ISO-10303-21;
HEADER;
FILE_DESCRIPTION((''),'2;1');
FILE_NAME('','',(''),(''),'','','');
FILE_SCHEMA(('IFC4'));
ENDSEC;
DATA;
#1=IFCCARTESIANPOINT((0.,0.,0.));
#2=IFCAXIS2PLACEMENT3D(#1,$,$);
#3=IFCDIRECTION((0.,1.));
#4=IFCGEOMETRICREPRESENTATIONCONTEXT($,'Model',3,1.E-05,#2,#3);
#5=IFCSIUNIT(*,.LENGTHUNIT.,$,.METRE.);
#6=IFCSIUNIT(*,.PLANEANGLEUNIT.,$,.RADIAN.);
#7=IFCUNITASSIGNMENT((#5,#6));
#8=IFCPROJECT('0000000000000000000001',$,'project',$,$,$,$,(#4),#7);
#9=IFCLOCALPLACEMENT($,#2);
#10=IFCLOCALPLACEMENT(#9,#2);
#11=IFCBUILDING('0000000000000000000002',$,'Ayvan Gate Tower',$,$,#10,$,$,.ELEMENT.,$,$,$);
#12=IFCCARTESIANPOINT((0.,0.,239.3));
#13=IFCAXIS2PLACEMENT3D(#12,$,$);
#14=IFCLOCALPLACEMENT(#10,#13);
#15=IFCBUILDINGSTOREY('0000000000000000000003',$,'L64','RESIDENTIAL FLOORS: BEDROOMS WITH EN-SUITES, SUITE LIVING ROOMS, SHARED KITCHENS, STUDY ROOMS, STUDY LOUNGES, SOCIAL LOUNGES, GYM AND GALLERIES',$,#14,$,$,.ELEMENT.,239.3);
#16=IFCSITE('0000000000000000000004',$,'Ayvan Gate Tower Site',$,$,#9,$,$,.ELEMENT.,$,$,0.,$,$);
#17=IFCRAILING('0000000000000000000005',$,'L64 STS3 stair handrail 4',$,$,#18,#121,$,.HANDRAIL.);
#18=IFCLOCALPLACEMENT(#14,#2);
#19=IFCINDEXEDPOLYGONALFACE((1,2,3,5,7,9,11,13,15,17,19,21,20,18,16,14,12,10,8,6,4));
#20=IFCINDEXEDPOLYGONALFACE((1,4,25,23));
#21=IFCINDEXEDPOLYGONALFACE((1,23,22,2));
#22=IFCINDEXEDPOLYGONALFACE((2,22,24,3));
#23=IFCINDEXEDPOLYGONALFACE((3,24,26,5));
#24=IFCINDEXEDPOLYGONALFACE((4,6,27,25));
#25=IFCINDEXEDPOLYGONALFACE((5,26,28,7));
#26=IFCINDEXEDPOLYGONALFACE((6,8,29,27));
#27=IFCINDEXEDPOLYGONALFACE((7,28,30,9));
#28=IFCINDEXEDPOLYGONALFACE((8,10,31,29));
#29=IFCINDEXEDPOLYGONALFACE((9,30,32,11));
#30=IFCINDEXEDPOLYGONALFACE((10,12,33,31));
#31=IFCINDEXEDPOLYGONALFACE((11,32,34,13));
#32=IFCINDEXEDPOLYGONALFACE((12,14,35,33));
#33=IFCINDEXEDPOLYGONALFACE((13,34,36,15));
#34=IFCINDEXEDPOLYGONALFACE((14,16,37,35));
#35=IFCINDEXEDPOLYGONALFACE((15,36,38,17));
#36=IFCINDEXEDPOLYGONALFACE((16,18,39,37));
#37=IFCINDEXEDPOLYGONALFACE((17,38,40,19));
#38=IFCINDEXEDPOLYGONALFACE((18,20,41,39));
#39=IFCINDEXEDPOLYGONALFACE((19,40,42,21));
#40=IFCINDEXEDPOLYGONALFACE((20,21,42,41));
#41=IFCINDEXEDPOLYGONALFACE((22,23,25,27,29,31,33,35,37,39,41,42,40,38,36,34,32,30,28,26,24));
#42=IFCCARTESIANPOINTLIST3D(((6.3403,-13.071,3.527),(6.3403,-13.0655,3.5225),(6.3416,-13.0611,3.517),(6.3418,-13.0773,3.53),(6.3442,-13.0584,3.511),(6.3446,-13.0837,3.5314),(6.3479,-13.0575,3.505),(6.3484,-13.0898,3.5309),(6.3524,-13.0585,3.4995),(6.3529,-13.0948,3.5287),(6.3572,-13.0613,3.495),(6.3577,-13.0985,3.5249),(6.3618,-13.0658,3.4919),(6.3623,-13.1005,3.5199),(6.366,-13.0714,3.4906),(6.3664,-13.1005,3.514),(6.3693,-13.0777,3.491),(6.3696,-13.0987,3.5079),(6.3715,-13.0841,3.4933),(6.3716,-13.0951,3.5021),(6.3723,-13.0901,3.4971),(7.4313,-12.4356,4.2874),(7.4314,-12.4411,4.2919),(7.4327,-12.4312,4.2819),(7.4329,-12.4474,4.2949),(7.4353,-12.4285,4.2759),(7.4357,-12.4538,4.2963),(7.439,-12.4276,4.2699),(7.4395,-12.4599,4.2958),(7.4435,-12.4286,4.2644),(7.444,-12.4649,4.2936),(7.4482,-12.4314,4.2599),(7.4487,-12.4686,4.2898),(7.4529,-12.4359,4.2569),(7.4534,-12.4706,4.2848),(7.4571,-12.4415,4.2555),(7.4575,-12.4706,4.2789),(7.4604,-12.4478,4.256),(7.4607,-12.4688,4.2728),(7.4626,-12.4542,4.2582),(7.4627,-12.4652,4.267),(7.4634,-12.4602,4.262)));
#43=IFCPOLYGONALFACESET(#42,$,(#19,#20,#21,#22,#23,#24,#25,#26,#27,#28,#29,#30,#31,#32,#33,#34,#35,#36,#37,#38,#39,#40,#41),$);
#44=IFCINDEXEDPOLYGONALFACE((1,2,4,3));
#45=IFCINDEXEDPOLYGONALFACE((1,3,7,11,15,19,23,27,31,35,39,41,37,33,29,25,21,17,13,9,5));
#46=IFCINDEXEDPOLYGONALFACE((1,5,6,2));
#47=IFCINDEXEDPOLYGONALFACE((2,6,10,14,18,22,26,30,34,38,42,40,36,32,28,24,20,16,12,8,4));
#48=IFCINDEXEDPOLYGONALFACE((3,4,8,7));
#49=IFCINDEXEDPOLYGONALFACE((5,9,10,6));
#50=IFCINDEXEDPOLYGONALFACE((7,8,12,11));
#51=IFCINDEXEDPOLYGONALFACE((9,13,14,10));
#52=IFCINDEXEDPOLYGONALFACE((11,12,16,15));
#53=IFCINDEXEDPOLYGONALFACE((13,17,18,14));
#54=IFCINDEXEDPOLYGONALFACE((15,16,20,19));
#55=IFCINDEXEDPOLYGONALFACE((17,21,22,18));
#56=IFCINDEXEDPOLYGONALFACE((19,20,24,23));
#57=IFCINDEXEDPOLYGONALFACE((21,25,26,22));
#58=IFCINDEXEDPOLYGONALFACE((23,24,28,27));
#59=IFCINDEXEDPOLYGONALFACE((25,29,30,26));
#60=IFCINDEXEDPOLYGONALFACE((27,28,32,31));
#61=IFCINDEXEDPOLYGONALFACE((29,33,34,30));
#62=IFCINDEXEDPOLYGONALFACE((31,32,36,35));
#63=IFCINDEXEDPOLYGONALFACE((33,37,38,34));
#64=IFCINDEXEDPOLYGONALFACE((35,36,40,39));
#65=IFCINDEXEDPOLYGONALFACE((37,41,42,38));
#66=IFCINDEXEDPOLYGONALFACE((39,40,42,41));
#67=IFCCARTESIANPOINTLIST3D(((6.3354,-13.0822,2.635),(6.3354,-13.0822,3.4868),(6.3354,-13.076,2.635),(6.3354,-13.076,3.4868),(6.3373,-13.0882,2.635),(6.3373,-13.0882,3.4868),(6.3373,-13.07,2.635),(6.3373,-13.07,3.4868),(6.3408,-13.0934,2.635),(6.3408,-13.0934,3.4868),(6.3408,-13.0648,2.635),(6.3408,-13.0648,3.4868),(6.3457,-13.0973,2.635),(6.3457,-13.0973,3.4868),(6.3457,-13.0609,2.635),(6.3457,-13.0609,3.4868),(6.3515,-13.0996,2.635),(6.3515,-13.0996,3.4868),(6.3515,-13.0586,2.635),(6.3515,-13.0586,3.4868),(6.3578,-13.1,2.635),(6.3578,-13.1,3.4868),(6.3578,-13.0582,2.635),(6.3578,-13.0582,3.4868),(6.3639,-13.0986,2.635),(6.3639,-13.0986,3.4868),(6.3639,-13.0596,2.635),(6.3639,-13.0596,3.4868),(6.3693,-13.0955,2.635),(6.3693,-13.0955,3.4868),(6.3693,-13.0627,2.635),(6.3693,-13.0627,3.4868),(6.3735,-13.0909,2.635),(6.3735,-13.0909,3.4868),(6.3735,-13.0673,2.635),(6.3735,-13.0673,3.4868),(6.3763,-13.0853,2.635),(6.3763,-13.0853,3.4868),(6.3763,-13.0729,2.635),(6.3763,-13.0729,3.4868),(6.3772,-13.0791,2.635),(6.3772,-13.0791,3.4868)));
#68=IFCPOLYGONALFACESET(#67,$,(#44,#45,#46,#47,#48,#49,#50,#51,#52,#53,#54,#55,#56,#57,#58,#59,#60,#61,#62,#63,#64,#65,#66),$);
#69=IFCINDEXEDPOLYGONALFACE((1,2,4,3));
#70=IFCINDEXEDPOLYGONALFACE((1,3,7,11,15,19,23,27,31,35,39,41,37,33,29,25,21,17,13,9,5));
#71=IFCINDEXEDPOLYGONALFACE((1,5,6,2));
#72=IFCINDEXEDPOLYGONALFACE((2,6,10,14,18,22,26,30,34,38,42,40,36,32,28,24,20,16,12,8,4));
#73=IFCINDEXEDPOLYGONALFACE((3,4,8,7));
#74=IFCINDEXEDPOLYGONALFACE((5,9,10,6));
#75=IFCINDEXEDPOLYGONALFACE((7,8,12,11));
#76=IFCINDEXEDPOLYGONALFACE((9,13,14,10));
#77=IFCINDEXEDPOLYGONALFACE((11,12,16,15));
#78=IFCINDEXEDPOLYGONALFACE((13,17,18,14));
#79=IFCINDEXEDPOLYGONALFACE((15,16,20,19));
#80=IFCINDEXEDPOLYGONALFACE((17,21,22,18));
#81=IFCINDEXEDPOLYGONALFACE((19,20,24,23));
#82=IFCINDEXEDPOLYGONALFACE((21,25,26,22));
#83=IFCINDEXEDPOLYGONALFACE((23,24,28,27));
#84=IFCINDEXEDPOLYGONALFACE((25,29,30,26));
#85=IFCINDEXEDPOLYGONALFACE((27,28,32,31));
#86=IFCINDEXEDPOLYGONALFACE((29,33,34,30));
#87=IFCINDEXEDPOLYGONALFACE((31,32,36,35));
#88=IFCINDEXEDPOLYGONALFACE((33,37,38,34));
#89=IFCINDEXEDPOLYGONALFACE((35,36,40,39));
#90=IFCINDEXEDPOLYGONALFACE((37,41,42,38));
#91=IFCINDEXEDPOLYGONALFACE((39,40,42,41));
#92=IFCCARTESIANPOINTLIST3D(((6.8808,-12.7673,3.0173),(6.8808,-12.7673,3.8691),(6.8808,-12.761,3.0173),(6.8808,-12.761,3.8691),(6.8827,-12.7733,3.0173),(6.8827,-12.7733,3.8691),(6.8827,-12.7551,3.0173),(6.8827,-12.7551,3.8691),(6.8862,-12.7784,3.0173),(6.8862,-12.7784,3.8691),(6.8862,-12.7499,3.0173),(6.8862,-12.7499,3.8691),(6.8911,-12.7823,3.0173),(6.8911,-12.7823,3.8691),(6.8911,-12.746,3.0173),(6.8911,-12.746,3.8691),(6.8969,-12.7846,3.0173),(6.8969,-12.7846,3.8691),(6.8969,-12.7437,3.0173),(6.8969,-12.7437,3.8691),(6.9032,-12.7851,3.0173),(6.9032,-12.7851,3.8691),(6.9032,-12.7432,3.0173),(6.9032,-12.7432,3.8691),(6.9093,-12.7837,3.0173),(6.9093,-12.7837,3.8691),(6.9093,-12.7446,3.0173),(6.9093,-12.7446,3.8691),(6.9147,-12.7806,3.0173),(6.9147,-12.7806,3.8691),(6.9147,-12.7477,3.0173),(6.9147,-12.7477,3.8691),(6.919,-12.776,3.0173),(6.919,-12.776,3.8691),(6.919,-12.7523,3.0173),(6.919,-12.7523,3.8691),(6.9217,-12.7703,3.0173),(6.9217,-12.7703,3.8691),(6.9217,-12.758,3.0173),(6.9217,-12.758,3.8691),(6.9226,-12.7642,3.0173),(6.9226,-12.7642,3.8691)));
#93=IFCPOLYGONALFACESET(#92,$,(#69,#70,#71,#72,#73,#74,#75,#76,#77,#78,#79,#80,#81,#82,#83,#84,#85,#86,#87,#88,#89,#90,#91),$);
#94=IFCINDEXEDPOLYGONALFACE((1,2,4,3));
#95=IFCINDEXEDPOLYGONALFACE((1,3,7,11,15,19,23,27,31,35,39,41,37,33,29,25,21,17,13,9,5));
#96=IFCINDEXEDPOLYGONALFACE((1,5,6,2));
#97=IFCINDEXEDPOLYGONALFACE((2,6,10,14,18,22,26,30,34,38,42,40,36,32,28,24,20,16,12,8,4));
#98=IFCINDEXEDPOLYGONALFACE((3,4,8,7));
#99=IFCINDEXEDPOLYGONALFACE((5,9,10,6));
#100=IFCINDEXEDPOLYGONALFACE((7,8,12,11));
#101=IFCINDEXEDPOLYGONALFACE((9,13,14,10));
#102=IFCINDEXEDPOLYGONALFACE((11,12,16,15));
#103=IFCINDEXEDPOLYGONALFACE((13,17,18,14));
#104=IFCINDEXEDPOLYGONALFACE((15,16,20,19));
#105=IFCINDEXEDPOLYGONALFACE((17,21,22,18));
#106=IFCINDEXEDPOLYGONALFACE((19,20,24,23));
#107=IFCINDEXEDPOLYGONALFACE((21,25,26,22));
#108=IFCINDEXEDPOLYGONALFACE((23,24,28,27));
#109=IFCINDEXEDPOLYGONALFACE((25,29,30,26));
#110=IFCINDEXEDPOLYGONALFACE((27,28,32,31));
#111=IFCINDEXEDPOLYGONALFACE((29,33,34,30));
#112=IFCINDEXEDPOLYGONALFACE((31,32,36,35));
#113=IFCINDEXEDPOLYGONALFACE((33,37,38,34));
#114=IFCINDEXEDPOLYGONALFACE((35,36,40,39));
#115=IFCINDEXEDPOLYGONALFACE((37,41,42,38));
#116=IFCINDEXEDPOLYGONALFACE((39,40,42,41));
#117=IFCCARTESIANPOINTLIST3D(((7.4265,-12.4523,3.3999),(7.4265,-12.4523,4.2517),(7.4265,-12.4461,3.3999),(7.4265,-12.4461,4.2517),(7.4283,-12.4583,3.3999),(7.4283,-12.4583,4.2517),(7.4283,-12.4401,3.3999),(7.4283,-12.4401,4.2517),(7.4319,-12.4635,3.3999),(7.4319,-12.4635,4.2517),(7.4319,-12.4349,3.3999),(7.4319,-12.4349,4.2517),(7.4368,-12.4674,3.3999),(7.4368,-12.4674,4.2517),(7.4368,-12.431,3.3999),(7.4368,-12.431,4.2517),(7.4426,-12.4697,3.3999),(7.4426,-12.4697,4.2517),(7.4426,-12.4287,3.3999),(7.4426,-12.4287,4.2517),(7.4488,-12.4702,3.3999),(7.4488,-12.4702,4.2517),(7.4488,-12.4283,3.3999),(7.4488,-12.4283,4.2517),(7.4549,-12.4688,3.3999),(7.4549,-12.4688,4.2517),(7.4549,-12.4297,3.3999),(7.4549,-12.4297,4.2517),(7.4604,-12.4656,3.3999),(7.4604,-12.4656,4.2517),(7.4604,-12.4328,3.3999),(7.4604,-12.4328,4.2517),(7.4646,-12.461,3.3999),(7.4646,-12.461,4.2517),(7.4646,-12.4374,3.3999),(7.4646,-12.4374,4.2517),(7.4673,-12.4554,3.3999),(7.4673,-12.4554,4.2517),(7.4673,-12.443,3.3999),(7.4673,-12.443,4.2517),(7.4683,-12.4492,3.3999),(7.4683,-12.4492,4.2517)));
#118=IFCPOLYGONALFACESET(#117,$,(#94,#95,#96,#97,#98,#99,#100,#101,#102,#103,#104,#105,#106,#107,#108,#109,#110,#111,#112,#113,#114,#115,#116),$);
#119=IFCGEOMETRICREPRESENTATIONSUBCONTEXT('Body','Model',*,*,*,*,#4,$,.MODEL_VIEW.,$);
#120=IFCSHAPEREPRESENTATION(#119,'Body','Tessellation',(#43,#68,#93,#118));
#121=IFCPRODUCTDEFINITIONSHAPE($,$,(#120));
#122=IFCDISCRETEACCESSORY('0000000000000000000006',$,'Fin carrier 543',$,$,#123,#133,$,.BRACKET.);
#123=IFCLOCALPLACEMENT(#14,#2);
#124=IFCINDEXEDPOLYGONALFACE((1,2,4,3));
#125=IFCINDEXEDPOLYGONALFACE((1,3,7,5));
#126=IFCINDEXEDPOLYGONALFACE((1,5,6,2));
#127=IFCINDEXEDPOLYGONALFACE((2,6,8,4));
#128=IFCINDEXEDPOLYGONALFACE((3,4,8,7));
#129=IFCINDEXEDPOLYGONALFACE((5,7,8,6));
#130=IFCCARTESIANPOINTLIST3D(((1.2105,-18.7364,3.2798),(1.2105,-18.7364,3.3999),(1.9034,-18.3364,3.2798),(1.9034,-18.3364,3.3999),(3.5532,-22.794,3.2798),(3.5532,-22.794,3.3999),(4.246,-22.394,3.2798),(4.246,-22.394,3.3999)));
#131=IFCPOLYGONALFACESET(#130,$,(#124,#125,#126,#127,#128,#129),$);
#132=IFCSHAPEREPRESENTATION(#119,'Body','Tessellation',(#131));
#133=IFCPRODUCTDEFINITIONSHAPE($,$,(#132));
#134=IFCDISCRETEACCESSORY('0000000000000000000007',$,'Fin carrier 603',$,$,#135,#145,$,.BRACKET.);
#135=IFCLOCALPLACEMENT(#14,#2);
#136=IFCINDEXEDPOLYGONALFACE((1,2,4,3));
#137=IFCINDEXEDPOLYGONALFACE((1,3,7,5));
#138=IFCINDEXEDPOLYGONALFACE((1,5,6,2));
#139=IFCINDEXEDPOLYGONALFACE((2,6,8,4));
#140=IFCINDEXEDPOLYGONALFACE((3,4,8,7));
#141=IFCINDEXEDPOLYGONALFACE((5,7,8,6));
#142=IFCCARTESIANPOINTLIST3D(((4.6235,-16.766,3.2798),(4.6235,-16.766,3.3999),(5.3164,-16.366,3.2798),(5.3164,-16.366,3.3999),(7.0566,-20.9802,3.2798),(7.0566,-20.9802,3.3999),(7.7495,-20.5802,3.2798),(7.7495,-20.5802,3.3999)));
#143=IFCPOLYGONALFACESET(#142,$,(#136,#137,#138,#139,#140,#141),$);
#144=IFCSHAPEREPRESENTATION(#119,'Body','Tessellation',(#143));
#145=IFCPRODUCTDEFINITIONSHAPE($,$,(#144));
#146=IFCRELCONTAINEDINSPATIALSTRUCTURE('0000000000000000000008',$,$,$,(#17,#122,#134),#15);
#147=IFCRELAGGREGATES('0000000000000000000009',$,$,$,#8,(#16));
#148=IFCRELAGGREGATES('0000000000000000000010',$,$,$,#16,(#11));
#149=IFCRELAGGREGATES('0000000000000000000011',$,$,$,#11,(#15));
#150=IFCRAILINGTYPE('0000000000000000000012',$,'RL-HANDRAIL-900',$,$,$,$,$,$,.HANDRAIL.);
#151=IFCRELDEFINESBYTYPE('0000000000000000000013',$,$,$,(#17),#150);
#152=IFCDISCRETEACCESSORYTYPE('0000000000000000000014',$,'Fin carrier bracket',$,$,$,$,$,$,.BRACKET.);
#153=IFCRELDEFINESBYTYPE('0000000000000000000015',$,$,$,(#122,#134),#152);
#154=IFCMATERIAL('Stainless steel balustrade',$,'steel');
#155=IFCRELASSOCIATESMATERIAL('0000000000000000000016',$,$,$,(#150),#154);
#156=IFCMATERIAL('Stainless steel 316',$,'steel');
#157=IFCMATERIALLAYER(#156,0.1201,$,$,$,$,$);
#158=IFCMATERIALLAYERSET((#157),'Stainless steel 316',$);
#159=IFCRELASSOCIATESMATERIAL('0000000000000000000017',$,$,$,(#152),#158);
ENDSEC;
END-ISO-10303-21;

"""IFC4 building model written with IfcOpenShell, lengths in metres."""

from ifc_helpers import new_model, si_unit, direction, frame, origin, origin_2d, place, context, subcontext, project, spatial, rectangle, circle, extrude, material, layer, layer_set, type_object, element, save


model = new_model("IFC4")

# Units and contexts
model_context = context("Model", 3, precision=1e-05, world=origin(), true_north=direction((0.0, 1.0)))
body_context = subcontext(model_context, "Body", "Model", "MODEL_VIEW")
ifc_project = project(units=[si_unit("LENGTHUNIT", "METRE"), si_unit("PLANEANGLEUNIT", "RADIAN")], contexts=[model_context])

# Site, building, storey
site_placement = place(None, origin())
site = spatial("IfcSite", under=ifc_project, at=site_placement, Name="Ayvan Gate Tower Site", CompositionType="ELEMENT", RefElevation=0.0)
building_placement = place(site_placement, origin())
building = spatial("IfcBuilding", under=site, at=building_placement, Name="Ayvan Gate Tower", CompositionType="ELEMENT")
storey_placement = place(building_placement, frame((0.0, 0.0, 239.3)))
storey = spatial("IfcBuildingStorey", under=building, at=storey_placement, Name="L64", Description="RESIDENTIAL FLOORS: BEDROOMS WITH EN-SUITES, SUITE LIVING ROOMS, SHARED KITCHENS, STUDY ROOMS, STUDY LOUNGES, SOCIAL LOUNGES, GYM AND GALLERIES", CompositionType="ELEMENT", Elevation=239.3)

# Railing
ifc_material_1 = material(Name="Stainless steel balustrade", Category="steel")
railing_type_1 = type_object("IfcRailingType", Name="RL-HANDRAIL-900", PredefinedType="HANDRAIL", material=ifc_material_1)
railing_1_placement = place(storey_placement, frame((6.3562, -13.0791, 2.635)))
element("IfcRailing", 1, at=railing_1_placement, inside=storey, type_object=railing_type_1, Name="L64 STS3 stair handrail 4", PredefinedType="HANDRAIL", context=body_context, shape_type="SweptSolid", body=[
    extrude(circle(Radius=0.0239, at=origin_2d()), frame((0.0, 0.0, 0.876), z_axis=(0.740282, 0.427372, 0.518976), x_axis=(-0.499974, 0.86604, 0.0)), (0.0, 0.0, 1.0), 1.4739),
    extrude(circle(Radius=0.021, at=origin_2d()), origin(), (0.0, 0.0, 1.0), 0.8518),
    extrude(circle(Radius=0.021, at=origin_2d()), frame((0.5454, 0.3149, 0.3823)), (0.0, 0.0, 1.0), 0.8518),
    extrude(circle(Radius=0.021, at=origin_2d()), frame((1.0911, 0.6299, 0.7649)), (0.0, 0.0, 1.0), 0.8518),
])

# Discrete accessories
ifc_material_2 = material(Name="Stainless steel 316", Category="steel")
ifc_layer_1 = layer(ifc_material_2, 0.1201)
ifc_layer_set_1 = layer_set([ifc_layer_1], Name="Stainless steel 316")
discrete_accessory_type = type_object("IfcDiscreteAccessoryType", Name="Fin carrier bracket", PredefinedType="BRACKET", material=ifc_layer_set_1)
discrete_accessory_1_placement = place(storey_placement, frame((2.7283, -20.5652, 3.2798), z_axis=(0.0, 0.0, 1.0), x_axis=(0.866025, 0.5, 0.0)))
element("IfcDiscreteAccessory", 2, at=discrete_accessory_1_placement, inside=storey, type_object=discrete_accessory_type, Name="Fin carrier 543", PredefinedType="BRACKET", context=body_context, shape_type="SweptSolid", body=[
    extrude(rectangle(XDim=0.8, YDim=4.6853, at=origin_2d()), origin(), (0.0, 0.0, 1.0), 0.1201),
])
discrete_accessory_2_placement = place(storey_placement, frame((6.1865, -18.6731, 3.2798), z_axis=(0.0, 0.0, 1.0), x_axis=(0.866025, 0.5, 0.0)))
element("IfcDiscreteAccessory", 3, at=discrete_accessory_2_placement, inside=storey, type_object=discrete_accessory_type, Name="Fin carrier 603", PredefinedType="BRACKET", context=body_context, shape_type="SweptSolid", body=[
    extrude(rectangle(XDim=0.8, YDim=4.8662, at=origin_2d()), origin(), (0.0, 0.0, 1.0), 0.1201),
])

save(model, "model.ifc")
